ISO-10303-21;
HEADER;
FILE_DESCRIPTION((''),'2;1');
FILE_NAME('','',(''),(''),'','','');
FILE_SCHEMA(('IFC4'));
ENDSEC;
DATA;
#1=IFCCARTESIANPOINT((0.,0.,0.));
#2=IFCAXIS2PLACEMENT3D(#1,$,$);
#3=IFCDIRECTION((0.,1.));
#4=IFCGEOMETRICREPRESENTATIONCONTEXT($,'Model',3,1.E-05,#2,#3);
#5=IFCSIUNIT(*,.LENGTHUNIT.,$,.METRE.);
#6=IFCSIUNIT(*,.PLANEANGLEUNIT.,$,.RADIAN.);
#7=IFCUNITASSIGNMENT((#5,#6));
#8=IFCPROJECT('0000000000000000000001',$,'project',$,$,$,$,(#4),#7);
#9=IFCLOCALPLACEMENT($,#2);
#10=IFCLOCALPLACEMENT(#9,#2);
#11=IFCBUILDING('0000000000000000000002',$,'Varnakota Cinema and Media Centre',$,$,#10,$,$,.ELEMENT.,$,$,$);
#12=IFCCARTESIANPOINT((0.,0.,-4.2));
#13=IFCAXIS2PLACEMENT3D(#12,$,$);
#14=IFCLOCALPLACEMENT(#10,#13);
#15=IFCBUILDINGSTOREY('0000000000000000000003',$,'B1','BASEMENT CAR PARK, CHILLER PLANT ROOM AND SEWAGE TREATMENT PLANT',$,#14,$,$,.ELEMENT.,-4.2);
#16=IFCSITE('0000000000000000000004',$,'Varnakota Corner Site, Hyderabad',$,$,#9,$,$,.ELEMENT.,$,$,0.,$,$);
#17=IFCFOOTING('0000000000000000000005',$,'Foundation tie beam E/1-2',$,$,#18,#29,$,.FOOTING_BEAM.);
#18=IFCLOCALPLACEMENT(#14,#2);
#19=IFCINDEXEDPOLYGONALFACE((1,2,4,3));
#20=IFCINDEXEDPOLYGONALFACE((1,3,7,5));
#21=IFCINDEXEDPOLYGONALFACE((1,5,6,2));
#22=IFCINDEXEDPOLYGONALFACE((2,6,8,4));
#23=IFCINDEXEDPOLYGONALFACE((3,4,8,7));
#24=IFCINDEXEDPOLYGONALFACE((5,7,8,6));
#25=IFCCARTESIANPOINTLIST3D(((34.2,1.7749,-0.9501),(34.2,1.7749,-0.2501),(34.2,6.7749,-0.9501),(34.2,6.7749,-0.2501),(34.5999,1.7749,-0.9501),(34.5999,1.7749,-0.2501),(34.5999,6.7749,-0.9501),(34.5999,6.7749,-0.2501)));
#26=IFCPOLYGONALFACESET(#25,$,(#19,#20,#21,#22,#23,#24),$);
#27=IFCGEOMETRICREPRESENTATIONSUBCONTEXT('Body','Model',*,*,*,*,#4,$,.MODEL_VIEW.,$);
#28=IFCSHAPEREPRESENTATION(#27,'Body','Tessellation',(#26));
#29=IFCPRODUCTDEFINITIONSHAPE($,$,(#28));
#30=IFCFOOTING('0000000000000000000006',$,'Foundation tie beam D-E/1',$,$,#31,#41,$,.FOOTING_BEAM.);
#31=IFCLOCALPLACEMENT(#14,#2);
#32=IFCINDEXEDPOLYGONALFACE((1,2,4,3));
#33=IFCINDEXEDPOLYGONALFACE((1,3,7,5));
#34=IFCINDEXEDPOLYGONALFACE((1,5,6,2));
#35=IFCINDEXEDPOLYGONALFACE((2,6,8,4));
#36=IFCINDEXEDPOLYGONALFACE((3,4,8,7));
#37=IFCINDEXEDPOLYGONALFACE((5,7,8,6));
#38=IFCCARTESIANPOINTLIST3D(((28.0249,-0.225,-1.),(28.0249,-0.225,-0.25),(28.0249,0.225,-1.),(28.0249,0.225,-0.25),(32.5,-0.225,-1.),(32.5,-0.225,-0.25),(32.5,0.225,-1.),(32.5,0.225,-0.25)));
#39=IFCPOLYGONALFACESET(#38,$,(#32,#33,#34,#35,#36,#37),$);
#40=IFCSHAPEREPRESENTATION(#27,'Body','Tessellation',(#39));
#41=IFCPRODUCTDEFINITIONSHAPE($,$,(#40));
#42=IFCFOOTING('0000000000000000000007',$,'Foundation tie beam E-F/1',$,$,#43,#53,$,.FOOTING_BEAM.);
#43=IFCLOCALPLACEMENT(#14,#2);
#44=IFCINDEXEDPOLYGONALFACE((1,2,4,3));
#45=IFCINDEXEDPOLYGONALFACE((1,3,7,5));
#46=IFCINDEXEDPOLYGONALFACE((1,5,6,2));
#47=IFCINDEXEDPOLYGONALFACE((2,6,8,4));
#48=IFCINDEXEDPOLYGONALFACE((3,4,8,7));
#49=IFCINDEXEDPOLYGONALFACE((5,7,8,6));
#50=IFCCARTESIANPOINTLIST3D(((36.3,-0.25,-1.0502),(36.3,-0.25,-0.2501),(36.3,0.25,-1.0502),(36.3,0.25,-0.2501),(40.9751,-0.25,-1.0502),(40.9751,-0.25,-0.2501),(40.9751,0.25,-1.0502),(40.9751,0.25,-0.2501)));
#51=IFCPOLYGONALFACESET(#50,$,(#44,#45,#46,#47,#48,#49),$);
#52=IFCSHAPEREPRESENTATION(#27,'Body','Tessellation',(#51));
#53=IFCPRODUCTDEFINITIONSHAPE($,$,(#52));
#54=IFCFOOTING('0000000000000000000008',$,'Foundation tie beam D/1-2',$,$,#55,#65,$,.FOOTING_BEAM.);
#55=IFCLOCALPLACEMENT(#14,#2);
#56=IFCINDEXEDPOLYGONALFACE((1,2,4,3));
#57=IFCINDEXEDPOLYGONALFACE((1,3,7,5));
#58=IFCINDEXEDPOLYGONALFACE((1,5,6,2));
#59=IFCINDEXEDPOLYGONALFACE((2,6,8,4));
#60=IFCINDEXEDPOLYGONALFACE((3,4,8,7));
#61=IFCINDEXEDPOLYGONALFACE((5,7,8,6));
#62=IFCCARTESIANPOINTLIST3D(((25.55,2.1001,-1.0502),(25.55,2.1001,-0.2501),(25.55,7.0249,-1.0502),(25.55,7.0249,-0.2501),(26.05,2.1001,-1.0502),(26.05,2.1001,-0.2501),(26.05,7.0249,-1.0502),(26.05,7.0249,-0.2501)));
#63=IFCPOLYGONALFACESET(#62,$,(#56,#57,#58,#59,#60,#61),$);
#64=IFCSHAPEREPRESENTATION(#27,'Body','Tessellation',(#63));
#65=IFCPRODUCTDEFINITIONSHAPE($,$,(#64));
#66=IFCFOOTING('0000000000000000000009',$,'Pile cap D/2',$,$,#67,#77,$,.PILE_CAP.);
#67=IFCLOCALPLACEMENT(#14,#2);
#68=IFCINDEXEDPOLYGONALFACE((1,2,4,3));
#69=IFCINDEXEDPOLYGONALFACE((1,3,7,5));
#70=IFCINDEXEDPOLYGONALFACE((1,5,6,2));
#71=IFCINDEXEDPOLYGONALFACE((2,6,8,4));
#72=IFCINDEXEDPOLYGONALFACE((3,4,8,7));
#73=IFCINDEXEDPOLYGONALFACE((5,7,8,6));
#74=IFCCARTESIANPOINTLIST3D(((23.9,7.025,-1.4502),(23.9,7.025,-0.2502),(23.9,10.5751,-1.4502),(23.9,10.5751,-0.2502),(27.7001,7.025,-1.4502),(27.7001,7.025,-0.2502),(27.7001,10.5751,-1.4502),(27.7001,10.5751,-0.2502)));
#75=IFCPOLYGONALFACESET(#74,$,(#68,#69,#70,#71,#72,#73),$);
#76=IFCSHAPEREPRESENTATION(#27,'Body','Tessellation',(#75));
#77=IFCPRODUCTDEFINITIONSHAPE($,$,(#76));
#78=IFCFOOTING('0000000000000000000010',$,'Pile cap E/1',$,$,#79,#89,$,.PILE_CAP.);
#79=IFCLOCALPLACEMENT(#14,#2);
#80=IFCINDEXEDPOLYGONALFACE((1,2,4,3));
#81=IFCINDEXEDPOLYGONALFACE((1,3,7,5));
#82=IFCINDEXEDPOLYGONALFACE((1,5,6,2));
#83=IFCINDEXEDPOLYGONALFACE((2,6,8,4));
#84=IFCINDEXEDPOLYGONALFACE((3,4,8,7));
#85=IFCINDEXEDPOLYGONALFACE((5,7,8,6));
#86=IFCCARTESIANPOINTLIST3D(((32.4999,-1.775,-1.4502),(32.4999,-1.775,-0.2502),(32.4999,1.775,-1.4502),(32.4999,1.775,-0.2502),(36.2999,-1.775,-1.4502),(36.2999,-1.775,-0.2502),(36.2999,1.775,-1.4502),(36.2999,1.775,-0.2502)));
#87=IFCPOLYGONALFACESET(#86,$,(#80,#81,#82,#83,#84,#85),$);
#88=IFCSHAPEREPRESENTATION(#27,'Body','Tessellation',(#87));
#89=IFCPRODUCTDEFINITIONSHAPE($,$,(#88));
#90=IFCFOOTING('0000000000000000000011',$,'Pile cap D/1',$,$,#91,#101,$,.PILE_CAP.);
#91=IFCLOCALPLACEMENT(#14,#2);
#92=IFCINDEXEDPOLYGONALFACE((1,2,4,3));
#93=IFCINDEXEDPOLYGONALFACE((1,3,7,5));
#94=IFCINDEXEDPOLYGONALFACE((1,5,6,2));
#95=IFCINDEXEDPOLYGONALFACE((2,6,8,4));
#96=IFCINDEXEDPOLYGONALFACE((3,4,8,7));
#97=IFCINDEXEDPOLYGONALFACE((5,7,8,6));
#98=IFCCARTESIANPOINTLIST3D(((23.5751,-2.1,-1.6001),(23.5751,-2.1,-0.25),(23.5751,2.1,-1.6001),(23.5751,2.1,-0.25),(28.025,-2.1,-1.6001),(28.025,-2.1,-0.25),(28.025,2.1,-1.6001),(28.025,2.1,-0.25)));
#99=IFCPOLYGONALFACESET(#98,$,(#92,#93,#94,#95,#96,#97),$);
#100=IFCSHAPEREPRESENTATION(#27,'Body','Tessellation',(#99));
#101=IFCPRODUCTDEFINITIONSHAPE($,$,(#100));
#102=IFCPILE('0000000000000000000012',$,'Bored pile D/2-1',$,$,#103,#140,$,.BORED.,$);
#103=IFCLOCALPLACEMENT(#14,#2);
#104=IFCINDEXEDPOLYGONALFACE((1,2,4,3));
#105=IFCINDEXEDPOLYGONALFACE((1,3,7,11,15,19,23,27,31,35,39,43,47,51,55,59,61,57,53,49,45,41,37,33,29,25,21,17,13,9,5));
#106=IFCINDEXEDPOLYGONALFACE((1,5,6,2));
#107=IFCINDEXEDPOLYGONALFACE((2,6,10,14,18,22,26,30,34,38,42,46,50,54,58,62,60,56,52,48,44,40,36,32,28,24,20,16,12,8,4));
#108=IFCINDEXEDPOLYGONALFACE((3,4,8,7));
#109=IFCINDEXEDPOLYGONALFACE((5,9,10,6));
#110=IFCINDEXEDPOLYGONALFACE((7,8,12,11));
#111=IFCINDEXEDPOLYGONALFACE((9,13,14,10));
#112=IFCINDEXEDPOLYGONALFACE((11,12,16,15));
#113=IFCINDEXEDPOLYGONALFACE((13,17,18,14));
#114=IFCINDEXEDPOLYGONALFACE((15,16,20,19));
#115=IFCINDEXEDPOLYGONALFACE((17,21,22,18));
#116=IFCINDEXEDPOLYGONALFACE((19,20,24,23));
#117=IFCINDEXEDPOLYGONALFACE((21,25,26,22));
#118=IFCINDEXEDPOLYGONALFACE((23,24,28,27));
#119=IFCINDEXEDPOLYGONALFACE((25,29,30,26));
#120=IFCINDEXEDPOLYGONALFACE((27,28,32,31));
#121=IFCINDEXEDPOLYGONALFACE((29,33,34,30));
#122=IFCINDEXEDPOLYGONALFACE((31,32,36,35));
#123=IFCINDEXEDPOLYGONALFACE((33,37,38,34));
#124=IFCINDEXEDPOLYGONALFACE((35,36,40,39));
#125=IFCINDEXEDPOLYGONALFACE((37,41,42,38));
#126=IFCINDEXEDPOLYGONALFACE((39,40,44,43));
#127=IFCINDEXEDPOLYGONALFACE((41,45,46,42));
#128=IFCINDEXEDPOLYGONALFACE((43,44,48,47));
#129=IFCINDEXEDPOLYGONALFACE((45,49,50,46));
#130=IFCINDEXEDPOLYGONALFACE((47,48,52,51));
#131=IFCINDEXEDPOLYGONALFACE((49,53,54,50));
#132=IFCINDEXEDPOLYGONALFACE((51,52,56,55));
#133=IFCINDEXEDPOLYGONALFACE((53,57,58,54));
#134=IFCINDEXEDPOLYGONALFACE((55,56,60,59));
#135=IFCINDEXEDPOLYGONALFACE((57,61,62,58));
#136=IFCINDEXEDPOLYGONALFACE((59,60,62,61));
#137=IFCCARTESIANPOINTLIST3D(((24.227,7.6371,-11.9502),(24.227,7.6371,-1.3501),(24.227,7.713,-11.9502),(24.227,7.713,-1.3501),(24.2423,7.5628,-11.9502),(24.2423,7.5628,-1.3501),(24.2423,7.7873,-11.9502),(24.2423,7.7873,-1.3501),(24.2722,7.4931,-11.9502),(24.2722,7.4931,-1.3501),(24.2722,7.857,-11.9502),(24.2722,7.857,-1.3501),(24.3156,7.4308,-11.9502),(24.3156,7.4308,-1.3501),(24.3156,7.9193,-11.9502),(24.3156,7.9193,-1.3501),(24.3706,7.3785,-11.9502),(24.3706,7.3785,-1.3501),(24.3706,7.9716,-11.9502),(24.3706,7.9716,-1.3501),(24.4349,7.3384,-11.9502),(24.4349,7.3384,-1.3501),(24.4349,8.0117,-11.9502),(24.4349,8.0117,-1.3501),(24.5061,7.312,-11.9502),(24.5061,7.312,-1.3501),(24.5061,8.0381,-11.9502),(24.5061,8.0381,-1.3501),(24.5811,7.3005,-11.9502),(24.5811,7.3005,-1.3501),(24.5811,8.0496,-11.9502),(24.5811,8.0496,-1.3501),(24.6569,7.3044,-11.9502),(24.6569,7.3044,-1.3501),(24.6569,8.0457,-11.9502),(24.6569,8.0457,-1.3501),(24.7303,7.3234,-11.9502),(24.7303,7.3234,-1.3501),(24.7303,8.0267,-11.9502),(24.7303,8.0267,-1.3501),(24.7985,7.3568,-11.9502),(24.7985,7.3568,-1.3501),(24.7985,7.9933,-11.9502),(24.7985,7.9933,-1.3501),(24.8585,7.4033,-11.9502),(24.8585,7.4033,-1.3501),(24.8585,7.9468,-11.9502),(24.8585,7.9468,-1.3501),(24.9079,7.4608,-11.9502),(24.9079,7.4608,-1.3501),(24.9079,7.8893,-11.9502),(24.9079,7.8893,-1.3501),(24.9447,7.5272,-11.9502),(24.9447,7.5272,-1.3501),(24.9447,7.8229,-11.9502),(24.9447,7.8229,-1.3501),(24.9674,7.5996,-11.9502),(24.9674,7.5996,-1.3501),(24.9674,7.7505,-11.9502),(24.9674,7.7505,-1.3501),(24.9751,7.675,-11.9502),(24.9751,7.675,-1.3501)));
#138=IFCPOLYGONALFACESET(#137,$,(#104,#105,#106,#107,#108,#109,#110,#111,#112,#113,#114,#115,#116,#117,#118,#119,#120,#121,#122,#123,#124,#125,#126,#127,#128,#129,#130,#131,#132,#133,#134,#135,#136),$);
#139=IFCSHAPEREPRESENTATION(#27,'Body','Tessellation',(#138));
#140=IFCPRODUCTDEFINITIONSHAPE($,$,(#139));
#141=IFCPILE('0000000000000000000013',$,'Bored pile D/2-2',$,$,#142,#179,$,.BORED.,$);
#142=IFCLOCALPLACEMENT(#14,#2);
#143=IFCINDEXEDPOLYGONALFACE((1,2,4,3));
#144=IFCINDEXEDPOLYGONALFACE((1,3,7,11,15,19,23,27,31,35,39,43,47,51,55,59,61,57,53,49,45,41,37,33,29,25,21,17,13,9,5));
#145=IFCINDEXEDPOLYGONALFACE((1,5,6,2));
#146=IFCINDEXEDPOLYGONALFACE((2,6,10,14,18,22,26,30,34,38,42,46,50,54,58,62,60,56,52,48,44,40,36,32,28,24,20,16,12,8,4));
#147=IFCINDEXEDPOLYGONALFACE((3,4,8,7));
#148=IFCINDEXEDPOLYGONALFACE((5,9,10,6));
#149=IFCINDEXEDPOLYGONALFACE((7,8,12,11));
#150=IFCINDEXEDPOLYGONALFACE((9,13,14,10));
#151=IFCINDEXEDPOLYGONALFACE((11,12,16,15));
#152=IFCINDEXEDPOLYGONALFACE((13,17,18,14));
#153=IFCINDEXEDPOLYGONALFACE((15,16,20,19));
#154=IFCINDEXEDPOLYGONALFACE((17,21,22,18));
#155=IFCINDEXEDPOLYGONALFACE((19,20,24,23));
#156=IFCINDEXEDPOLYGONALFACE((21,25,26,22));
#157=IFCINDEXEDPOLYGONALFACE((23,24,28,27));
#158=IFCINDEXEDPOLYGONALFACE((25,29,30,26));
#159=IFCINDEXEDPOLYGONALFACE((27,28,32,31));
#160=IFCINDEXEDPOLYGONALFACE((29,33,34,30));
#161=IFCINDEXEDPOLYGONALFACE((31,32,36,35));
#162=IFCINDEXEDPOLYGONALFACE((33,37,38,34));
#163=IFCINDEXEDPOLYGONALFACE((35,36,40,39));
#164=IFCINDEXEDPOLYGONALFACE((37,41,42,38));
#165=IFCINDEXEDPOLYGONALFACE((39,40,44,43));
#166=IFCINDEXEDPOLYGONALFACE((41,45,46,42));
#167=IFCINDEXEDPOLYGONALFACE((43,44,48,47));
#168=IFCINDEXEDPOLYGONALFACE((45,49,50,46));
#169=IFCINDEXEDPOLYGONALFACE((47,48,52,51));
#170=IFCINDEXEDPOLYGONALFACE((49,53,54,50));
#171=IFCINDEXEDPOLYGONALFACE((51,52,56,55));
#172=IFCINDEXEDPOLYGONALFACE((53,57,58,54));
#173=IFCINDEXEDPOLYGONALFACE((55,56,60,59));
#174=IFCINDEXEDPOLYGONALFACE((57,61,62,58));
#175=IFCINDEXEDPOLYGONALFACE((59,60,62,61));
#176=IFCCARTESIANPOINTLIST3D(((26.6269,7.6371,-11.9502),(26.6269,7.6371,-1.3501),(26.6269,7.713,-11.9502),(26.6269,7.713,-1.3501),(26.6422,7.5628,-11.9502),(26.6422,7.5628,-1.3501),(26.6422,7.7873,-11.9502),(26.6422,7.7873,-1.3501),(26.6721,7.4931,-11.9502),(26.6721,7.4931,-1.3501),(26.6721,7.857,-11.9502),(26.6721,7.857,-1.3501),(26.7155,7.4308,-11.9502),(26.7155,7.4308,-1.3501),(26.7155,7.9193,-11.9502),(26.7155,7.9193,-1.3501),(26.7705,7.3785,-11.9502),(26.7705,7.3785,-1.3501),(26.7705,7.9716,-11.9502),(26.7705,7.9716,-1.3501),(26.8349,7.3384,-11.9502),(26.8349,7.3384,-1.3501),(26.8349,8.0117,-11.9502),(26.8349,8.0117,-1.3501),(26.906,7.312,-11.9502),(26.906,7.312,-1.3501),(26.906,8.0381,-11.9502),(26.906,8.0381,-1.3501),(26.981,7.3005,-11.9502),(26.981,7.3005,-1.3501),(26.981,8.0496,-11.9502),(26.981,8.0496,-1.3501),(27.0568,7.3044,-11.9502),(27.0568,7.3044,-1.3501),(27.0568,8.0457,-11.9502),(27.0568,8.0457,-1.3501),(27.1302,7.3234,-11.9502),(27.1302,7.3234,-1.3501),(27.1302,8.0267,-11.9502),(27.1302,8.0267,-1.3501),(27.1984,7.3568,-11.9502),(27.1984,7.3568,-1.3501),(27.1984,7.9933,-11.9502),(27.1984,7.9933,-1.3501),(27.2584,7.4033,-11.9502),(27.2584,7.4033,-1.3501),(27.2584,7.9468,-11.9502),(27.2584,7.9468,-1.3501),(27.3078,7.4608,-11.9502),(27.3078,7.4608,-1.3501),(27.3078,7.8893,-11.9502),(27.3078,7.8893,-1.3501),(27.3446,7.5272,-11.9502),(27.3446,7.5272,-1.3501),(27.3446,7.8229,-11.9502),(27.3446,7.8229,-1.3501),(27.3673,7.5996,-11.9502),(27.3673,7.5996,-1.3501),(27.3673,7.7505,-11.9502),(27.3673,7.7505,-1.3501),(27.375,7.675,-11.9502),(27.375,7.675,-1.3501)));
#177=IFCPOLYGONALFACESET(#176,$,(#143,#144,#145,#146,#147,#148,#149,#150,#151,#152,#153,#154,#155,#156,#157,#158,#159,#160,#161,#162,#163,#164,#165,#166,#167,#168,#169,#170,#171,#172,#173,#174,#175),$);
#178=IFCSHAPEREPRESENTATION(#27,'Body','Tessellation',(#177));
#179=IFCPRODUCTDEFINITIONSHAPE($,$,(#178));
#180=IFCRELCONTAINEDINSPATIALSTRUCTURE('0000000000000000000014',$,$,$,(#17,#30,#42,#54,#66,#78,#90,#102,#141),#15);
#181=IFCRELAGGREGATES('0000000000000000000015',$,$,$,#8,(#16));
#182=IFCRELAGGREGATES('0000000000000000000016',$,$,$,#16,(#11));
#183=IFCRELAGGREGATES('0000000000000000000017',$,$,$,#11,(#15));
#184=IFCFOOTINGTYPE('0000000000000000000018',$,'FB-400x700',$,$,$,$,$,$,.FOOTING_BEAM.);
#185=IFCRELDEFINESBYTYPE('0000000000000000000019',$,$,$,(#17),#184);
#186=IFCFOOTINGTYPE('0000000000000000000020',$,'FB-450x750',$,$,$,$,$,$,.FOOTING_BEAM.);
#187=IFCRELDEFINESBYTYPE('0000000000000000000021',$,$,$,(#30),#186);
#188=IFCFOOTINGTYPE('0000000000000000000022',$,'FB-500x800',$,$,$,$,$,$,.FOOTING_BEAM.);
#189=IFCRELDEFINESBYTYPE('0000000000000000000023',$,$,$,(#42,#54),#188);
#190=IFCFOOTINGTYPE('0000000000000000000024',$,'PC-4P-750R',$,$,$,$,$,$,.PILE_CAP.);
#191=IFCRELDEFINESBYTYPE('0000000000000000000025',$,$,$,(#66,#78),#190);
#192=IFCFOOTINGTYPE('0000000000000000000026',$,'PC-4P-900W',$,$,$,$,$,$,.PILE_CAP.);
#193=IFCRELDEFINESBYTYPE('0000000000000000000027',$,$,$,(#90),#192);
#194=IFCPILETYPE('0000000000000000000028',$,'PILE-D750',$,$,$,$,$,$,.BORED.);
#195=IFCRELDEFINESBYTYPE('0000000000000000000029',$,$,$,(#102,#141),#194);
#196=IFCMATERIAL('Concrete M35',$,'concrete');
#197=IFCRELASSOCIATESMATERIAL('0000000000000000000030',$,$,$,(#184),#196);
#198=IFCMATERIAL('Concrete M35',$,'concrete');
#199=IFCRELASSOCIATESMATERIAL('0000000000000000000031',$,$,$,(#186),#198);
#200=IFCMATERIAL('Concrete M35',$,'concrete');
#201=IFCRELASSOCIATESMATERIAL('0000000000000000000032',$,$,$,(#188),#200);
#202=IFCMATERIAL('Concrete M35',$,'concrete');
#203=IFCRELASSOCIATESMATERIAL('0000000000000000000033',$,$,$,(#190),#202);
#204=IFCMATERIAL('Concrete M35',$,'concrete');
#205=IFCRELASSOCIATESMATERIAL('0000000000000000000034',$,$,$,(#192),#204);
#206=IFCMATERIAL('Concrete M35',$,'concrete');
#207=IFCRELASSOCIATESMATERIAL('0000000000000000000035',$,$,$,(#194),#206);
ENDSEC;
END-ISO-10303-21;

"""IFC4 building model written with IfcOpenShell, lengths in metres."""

from ifc_helpers import new_model, si_unit, direction, frame, origin, origin_2d, place, context, subcontext, project, spatial, rectangle, circle, extrude, material, material_profile, profile_set, type_object, element, save


model = new_model("IFC4")

# Units and contexts
model_context = context("Model", 3, precision=1e-05, world=origin(), true_north=direction((0.0, 1.0)))
body_context = subcontext(model_context, "Body", "Model", "MODEL_VIEW")
ifc_project = project(units=[si_unit("LENGTHUNIT", "METRE"), si_unit("PLANEANGLEUNIT", "RADIAN")], contexts=[model_context])

# Site, building, storey
site_placement = place(None, origin())
site = spatial("IfcSite", under=ifc_project, at=site_placement, Name="Varnakota Corner Site, Hyderabad", CompositionType="ELEMENT", RefElevation=0.0)
building_placement = place(site_placement, origin())
building = spatial("IfcBuilding", under=site, at=building_placement, Name="Varnakota Cinema and Media Centre", CompositionType="ELEMENT")
storey_placement = place(building_placement, frame((0.0, 0.0, -4.2)))
storey = spatial("IfcBuildingStorey", under=building, at=storey_placement, Name="B1", Description="BASEMENT CAR PARK, CHILLER PLANT ROOM AND SEWAGE TREATMENT PLANT", CompositionType="ELEMENT", Elevation=-4.2)

# Footings
ifc_material_1 = material(Name="Concrete M35", Category="concrete")
ifc_material_profile_1 = material_profile(ifc_material_1, rectangle(XDim=0.3999, YDim=0.7, at=origin_2d()), Name="FB 400x700")
ifc_profile_set_1 = profile_set([ifc_material_profile_1], Name="Concrete M35")
footing_type_1 = type_object("IfcFootingType", Name="FB-400x700", PredefinedType="FOOTING_BEAM", material=ifc_profile_set_1)
footing_1_placement = place(storey_placement, frame((34.3999, 1.7749, -0.6001), z_axis=(0.0, 1.0, 0.0), x_axis=(-1.0, 0.0, 0.0)))
element("IfcFooting", 1, at=footing_1_placement, inside=storey, type_object=footing_type_1, Name="Foundation tie beam E/1-2", PredefinedType="FOOTING_BEAM", context=body_context, shape_type="SweptSolid", body=[
    extrude(rectangle(XDim=0.3999, YDim=0.7, at=origin_2d()), origin(), (0.0, 0.0, 1.0), 5.0),
])
ifc_material_2 = material(Name="Concrete M35", Category="concrete")
ifc_material_profile_2 = material_profile(ifc_material_2, rectangle(XDim=0.45, YDim=0.75, at=origin_2d()), Name="FB 450x750")
ifc_profile_set_2 = profile_set([ifc_material_profile_2], Name="Concrete M35")
footing_type_2 = type_object("IfcFootingType", Name="FB-450x750", PredefinedType="FOOTING_BEAM", material=ifc_profile_set_2)
footing_2_placement = place(storey_placement, frame((28.0249, 0.0, -0.625), z_axis=(1.0, 0.0, 0.0), x_axis=(0.0, 1.0, 0.0)))
element("IfcFooting", 2, at=footing_2_placement, inside=storey, type_object=footing_type_2, Name="Foundation tie beam D-E/1", PredefinedType="FOOTING_BEAM", context=body_context, shape_type="SweptSolid", body=[
    extrude(rectangle(XDim=0.45, YDim=0.75, at=origin_2d()), origin(), (0.0, 0.0, 1.0), 4.4751),
])
ifc_material_3 = material(Name="Concrete M35", Category="concrete")
ifc_material_profile_3 = material_profile(ifc_material_3, rectangle(XDim=0.5, YDim=0.8, at=origin_2d()), Name="FB 500x800")
ifc_profile_set_3 = profile_set([ifc_material_profile_3], Name="Concrete M35")
footing_type_3 = type_object("IfcFootingType", Name="FB-500x800", PredefinedType="FOOTING_BEAM", material=ifc_profile_set_3)
footing_3_placement = place(storey_placement, frame((36.3, 0.0, -0.6501), z_axis=(1.0, 0.0, 0.0), x_axis=(0.0, 1.0, 0.0)))
element("IfcFooting", 3, at=footing_3_placement, inside=storey, type_object=footing_type_3, Name="Foundation tie beam E-F/1", PredefinedType="FOOTING_BEAM", context=body_context, shape_type="SweptSolid", body=[
    extrude(rectangle(XDim=0.5, YDim=0.8, at=origin_2d()), origin(), (0.0, 0.0, 1.0), 4.675),
])
footing_4_placement = place(storey_placement, frame((25.8, 2.1001, -0.6501), z_axis=(0.0, 1.0, 0.0), x_axis=(-1.0, 0.0, 0.0)))
element("IfcFooting", 4, at=footing_4_placement, inside=storey, type_object=footing_type_3, Name="Foundation tie beam D/1-2", PredefinedType="FOOTING_BEAM", context=body_context, shape_type="SweptSolid", body=[
    extrude(rectangle(XDim=0.5, YDim=0.8, at=origin_2d()), origin(), (0.0, 0.0, 1.0), 4.9248),
])
ifc_material_4 = material(Name="Concrete M35", Category="concrete")
footing_type_4 = type_object("IfcFootingType", Name="PC-4P-750R", PredefinedType="PILE_CAP", material=ifc_material_4)
for number, where, z_axis, x_axis, name in (
    (5, (25.8, 8.8, -1.4502), (0.0, 0.0, 1.0), (1.0, 0.0, 0.0), "Pile cap D/2"),
    (6, (34.3999, 0.0, -1.4502), (0.0, 0.0, 1.0), (1.0, 0.0, 0.0), "Pile cap E/1"),
):
    element("IfcFooting", number, at=place(storey_placement, frame(where, z_axis=z_axis, x_axis=x_axis)), inside=storey, type_object=footing_type_4, Name=name, PredefinedType="PILE_CAP", context=body_context, shape_type="SweptSolid", body=[
        extrude(rectangle(XDim=3.8, YDim=3.55, at=origin_2d()), origin(), (0.0, 0.0, 1.0), 1.2),
    ])
ifc_material_5 = material(Name="Concrete M35", Category="concrete")
footing_type_5 = type_object("IfcFootingType", Name="PC-4P-900W", PredefinedType="PILE_CAP", material=ifc_material_5)
footing_5_placement = place(storey_placement, frame((25.8, 0.0, -1.6001), z_axis=(0.0, 0.0, 1.0), x_axis=(1.0, 0.0, 0.0)))
element("IfcFooting", 7, at=footing_5_placement, inside=storey, type_object=footing_type_5, Name="Pile cap D/1", PredefinedType="PILE_CAP", context=body_context, shape_type="SweptSolid", body=[
    extrude(rectangle(XDim=4.45, YDim=4.2, at=origin_2d()), origin(), (0.0, 0.0, 1.0), 1.3501),
])

# Piles
ifc_material_6 = material(Name="Concrete M35", Category="concrete")
ifc_material_profile_4 = material_profile(ifc_material_6, circle(Radius=0.375, at=origin_2d()), Name="PILE D750")
ifc_profile_set_4 = profile_set([ifc_material_profile_4], Name="Concrete M35")
pile_type_1 = type_object("IfcPileType", Name="PILE-D750", PredefinedType="BORED", material=ifc_profile_set_4)
for number, where, z_axis, x_axis, name in (
    (8, (24.6001, 7.675, -1.3501), (0.0, 0.0, -1.0), (1.0, 0.0, 0.0), "Bored pile D/2-1"),
    (9, (27.0, 7.675, -1.3501), (0.0, 0.0, -1.0), (1.0, 0.0, 0.0), "Bored pile D/2-2"),
):
    element("IfcPile", number, at=place(storey_placement, frame(where, z_axis=z_axis, x_axis=x_axis)), inside=storey, type_object=pile_type_1, Name=name, PredefinedType="BORED", context=body_context, shape_type="SweptSolid", body=[
        extrude(circle(Radius=0.375, at=origin_2d()), origin(), (0.0, 0.0, 1.0), 10.6001),
    ])

save(model, "model.ifc")
